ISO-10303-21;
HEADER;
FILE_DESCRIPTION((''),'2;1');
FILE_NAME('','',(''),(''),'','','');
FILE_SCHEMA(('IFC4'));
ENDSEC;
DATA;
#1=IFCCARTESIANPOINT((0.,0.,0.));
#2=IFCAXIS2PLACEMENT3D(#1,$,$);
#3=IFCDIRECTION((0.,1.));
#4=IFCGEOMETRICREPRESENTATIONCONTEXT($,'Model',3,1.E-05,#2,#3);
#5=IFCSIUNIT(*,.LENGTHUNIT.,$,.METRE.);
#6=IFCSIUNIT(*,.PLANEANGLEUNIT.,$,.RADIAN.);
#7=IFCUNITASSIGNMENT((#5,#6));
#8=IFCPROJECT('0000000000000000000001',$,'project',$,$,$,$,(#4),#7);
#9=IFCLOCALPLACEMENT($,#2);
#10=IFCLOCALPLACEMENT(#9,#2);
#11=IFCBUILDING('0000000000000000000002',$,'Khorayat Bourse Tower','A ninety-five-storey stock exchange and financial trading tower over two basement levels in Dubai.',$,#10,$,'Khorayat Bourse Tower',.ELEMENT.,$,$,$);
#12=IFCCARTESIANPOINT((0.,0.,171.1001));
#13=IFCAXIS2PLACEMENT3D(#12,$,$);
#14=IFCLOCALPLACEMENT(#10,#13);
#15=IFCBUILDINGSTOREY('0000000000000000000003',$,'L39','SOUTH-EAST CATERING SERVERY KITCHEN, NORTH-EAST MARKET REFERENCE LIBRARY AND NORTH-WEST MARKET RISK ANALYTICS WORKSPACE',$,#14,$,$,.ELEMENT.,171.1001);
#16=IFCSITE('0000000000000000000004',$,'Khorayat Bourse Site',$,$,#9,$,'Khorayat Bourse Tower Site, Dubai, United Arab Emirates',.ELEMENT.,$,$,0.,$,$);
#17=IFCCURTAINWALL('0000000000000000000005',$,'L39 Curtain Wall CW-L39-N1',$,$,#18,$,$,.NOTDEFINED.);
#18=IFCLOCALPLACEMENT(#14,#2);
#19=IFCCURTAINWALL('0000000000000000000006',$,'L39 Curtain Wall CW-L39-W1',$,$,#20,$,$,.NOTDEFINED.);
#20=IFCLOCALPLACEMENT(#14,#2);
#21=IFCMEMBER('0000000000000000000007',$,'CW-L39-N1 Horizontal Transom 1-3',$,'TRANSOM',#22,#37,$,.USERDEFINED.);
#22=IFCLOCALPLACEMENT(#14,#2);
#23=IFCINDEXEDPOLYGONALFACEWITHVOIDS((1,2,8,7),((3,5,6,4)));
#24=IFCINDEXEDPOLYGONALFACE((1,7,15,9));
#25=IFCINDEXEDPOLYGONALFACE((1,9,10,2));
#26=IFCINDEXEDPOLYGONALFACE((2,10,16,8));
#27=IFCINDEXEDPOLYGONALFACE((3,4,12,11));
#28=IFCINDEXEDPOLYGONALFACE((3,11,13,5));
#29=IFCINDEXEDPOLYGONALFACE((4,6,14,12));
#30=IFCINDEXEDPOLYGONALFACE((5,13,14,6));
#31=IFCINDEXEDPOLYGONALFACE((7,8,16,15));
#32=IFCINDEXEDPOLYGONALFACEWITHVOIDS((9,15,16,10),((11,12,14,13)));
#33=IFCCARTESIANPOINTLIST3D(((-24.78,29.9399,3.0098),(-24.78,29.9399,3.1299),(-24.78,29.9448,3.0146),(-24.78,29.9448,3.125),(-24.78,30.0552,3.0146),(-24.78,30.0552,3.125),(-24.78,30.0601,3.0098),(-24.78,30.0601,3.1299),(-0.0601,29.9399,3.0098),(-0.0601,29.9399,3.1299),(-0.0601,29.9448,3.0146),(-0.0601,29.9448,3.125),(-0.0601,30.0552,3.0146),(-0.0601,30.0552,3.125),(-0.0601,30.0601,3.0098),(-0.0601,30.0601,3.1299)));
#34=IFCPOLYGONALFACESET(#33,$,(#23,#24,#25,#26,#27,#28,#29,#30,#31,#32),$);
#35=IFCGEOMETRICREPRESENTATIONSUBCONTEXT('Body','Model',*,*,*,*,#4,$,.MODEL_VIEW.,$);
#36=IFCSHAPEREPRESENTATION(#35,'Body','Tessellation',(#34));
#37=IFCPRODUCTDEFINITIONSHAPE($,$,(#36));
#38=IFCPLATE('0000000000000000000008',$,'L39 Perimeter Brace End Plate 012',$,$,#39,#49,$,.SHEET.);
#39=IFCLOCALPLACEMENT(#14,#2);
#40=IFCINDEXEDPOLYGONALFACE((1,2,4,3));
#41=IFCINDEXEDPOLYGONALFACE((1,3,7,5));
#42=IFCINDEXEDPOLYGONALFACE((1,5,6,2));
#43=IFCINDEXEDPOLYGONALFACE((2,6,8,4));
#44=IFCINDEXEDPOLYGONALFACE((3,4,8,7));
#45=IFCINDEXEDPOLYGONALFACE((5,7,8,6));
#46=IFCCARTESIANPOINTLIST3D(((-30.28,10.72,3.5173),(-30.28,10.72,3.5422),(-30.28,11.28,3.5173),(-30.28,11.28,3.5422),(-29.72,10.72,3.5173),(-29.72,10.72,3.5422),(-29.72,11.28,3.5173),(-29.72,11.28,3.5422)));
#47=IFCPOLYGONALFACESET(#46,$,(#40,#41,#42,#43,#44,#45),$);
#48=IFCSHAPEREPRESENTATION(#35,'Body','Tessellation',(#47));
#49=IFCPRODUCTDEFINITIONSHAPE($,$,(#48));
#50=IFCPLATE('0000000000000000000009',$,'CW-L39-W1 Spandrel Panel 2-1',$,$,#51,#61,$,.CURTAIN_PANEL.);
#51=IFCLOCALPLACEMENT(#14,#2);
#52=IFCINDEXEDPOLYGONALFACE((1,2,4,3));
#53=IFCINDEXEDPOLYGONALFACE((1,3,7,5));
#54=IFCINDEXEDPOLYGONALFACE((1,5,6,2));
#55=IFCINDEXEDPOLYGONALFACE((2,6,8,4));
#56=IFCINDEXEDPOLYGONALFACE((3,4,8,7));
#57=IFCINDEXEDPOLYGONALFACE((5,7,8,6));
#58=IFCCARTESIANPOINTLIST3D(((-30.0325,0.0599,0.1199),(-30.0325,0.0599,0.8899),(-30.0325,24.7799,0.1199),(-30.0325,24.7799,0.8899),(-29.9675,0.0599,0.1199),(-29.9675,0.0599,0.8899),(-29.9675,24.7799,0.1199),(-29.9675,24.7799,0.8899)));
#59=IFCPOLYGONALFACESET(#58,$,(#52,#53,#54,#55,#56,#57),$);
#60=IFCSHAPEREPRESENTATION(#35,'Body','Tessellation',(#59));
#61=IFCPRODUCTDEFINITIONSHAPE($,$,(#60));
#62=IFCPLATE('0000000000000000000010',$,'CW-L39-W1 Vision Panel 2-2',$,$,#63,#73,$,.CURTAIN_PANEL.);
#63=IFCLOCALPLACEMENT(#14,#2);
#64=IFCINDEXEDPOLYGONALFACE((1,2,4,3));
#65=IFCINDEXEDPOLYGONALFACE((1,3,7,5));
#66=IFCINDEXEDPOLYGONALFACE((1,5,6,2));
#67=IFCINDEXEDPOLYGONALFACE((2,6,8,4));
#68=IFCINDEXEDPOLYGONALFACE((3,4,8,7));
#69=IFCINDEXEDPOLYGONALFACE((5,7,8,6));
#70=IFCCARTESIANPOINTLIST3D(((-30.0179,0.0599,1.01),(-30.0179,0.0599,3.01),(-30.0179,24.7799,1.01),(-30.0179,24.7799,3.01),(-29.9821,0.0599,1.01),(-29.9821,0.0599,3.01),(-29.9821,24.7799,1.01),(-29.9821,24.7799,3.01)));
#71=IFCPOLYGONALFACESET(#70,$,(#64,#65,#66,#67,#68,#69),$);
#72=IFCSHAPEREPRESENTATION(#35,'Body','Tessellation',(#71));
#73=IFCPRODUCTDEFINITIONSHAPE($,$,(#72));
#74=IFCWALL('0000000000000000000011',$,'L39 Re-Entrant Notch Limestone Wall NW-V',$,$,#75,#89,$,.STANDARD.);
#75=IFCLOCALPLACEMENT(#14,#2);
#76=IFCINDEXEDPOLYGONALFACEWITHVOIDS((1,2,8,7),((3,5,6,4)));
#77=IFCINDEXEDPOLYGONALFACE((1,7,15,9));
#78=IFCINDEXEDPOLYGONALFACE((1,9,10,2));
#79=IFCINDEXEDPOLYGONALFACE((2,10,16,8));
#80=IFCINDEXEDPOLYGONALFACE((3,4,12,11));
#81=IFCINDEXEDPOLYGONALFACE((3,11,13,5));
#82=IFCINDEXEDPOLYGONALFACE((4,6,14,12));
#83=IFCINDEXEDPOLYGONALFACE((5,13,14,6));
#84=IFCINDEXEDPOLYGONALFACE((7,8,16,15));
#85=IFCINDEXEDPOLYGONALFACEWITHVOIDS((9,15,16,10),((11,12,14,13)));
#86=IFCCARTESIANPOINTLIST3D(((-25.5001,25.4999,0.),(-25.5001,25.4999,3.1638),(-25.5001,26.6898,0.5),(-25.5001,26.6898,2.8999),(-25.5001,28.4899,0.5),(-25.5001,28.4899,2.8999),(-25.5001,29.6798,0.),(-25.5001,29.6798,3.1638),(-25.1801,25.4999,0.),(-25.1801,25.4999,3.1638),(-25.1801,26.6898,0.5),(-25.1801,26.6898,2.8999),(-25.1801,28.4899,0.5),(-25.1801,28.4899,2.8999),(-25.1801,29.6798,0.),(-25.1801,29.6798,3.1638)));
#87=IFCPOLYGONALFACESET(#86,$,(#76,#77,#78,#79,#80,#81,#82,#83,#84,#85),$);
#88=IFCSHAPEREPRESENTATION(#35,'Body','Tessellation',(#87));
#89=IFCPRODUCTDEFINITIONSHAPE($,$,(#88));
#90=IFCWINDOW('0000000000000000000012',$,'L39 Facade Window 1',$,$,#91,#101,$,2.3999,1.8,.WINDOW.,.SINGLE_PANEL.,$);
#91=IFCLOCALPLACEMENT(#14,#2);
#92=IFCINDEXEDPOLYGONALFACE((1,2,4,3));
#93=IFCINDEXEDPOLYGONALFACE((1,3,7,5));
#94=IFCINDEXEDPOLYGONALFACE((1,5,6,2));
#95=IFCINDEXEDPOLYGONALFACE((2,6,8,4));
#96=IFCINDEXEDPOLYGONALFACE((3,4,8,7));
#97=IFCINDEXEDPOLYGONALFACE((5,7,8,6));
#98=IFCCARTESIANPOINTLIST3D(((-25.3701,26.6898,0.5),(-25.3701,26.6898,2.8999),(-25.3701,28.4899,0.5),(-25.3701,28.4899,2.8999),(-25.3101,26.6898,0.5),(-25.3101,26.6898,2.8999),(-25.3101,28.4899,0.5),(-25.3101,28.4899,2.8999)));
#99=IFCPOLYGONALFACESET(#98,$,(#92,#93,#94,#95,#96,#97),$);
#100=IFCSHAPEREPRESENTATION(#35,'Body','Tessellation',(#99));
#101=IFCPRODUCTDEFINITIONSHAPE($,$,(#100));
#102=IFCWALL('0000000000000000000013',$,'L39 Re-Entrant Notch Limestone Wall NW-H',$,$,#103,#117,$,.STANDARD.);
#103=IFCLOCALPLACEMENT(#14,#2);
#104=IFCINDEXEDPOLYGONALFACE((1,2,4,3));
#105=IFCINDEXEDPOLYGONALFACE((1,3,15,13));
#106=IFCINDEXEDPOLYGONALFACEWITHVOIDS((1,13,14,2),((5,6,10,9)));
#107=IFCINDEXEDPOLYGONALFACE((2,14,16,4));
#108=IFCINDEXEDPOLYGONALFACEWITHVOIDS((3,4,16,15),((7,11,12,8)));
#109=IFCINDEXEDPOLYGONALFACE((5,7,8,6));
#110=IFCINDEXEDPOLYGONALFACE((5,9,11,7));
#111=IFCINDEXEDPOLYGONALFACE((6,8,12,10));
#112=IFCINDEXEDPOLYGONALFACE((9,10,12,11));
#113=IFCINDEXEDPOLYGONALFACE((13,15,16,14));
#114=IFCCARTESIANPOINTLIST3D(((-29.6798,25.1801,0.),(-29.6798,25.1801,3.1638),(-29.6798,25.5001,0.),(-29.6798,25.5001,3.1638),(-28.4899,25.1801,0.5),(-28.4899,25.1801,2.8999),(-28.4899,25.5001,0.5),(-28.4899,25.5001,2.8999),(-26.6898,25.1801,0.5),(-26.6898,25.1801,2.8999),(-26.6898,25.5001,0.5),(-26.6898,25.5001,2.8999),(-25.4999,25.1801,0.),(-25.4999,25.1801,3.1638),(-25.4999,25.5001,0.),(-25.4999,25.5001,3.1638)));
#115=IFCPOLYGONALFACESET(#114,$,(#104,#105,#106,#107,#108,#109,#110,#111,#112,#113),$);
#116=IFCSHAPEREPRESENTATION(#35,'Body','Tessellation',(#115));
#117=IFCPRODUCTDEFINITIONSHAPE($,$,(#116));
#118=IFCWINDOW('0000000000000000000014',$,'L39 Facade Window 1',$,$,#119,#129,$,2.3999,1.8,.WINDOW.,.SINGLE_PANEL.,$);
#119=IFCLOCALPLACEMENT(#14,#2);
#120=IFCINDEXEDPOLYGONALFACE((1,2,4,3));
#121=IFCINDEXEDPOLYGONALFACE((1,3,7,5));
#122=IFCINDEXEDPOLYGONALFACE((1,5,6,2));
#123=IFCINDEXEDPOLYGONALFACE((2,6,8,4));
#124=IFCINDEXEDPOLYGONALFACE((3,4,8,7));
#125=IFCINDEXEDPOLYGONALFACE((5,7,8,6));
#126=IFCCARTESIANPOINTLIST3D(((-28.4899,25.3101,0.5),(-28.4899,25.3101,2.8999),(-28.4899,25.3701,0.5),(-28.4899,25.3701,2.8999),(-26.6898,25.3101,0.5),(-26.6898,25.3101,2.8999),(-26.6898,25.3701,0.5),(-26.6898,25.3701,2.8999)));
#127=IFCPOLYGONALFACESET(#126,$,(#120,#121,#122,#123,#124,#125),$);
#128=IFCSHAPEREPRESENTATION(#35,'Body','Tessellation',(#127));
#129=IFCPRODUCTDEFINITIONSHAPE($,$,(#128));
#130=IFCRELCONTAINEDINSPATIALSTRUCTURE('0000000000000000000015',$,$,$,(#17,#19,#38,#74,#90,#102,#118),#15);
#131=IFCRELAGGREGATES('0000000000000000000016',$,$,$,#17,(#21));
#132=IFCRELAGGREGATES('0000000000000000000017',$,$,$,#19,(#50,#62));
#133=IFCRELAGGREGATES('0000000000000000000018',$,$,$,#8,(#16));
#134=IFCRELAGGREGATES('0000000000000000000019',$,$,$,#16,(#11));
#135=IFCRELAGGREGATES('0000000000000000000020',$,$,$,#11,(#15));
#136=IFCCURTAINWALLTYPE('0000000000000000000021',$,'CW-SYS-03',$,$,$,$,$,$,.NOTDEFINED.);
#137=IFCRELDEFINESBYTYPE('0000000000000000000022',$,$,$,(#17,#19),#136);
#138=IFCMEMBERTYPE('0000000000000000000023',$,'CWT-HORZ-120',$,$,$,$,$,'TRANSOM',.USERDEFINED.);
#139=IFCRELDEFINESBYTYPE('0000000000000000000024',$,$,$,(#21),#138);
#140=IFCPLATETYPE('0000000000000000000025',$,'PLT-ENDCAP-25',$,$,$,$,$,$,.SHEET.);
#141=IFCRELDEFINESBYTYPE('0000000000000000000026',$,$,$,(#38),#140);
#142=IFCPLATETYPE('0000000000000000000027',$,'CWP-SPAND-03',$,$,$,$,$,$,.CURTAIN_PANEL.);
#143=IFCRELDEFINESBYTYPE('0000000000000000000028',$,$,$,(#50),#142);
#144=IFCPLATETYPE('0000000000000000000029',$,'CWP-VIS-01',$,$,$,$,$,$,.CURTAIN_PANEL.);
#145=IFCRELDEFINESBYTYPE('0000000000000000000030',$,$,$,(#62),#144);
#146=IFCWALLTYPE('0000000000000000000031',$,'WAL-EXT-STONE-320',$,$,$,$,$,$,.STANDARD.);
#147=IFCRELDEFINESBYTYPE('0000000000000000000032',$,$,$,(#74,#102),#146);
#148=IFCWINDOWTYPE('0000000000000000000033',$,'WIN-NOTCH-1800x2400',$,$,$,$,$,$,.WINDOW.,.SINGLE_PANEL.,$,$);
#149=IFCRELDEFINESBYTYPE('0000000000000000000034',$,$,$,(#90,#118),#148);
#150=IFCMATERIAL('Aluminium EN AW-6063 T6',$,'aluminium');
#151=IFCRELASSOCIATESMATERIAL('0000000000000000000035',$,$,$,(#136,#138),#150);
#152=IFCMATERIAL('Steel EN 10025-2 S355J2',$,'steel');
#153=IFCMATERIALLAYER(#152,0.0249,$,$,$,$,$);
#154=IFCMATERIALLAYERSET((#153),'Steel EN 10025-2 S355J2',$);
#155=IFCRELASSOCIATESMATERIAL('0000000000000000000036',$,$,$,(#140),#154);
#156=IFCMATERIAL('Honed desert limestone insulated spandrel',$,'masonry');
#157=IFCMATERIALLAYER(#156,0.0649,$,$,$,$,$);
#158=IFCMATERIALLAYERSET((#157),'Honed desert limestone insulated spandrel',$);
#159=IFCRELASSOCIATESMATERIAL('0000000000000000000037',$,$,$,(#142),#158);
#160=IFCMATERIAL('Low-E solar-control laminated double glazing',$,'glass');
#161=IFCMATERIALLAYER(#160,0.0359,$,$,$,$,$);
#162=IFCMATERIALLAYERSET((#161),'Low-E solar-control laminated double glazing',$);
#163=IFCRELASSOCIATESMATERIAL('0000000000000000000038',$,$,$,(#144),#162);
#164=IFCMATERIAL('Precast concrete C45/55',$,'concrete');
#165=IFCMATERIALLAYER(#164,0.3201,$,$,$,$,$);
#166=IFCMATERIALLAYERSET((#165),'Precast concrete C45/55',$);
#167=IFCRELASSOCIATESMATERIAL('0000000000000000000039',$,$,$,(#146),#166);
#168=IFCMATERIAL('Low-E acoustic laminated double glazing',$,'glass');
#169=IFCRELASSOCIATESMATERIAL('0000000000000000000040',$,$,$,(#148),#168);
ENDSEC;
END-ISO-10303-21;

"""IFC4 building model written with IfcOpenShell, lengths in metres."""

from ifc_helpers import new_model, si_unit, direction, frame, frame_2d, origin, origin_2d, place, context, subcontext, project, spatial, rectangle, hollow_rectangle, extrude, source, transform, mapped, material, layer, layer_set, material_profile, profile_set, type_object, element, fill, aggregate, save


model = new_model("IFC4")

# Units and contexts
model_context = context("Model", 3, precision=1e-05, world=origin(), true_north=direction((0.0, 1.0)))
body_context = subcontext(model_context, "Body", "Model", "MODEL_VIEW")
ifc_project = project(units=[si_unit("LENGTHUNIT", "METRE"), si_unit("PLANEANGLEUNIT", "RADIAN")], contexts=[model_context])

# Site, building, storey
site_placement = place(None, origin())
site = spatial("IfcSite", under=ifc_project, at=site_placement, Name="Khorayat Bourse Site", LongName="Khorayat Bourse Tower Site, Dubai, United Arab Emirates", CompositionType="ELEMENT", RefElevation=0.0)
building_placement = place(site_placement, origin())
building = spatial("IfcBuilding", under=site, at=building_placement, Name="Khorayat Bourse Tower", Description="A ninety-five-storey stock exchange and financial trading tower over two basement levels in Dubai.", LongName="Khorayat Bourse Tower", CompositionType="ELEMENT")
storey_placement = place(building_placement, frame((0.0, 0.0, 171.1001)))
storey = spatial("IfcBuildingStorey", under=building, at=storey_placement, Name="L39", Description="SOUTH-EAST CATERING SERVERY KITCHEN, NORTH-EAST MARKET REFERENCE LIBRARY AND NORTH-WEST MARKET RISK ANALYTICS WORKSPACE", CompositionType="ELEMENT", Elevation=171.1001)

# Curtain wall
ifc_material_1 = material(Name="Aluminium EN AW-6063 T6", Category="aluminium")
curtain_wall_type = type_object("IfcCurtainWallType", Name="CW-SYS-03", PredefinedType="NOTDEFINED", material=ifc_material_1)
curtain_wall_1_placement = place(storey_placement, origin())
curtain_wall_1 = element("IfcCurtainWall", 1, at=curtain_wall_1_placement, inside=storey, type_object=curtain_wall_type, Name="L39 Curtain Wall CW-L39-N1", PredefinedType="NOTDEFINED")

# Curtain wall
curtain_wall_2_placement = place(storey_placement, origin())
curtain_wall_2 = element("IfcCurtainWall", 2, at=curtain_wall_2_placement, inside=storey, type_object=curtain_wall_type, Name="L39 Curtain Wall CW-L39-W1", PredefinedType="NOTDEFINED")

# Member
ifc_material_profile_1 = material_profile(ifc_material_1, hollow_rectangle(XDim=0.1201, YDim=0.1201, WallThickness=0.0049, at=origin_2d()), Name="ALU 120x120x5")
ifc_profile_set_1 = profile_set([ifc_material_profile_1], Name="Aluminium EN AW-6063 T6")
member_type_1 = type_object("IfcMemberType", Name="CWT-HORZ-120", ElementType="TRANSOM", PredefinedType="USERDEFINED", material=ifc_profile_set_1)
shared_shape_1 = source(origin(), body_context, "Body", "SweptSolid", [
    extrude(hollow_rectangle(XDim=0.1201, YDim=0.1201, WallThickness=0.0049, at=origin_2d()), origin(), (0.0, 0.0, 1.0), 24.72),
])
member_1_placement = place(storey_placement, frame((-24.78, 30.0, 3.0698), z_axis=(1.0, 0.0, 0.0), x_axis=(0.0, 1.0, 0.0)))
member_1 = element("IfcMember", 3, at=member_1_placement, type_object=member_type_1, Name="CW-L39-N1 Horizontal Transom 1-3", ObjectType="TRANSOM", PredefinedType="USERDEFINED", context=body_context, shape_type="MappedRepresentation", body=[
    mapped(shared_shape_1, transform((0.0, 0.0, 0.0), scale=1.0)),
])
aggregate(curtain_wall_1, [member_1])

# Plates
ifc_material_2 = material(Name="Steel EN 10025-2 S355J2", Category="steel")
ifc_layer_1 = layer(ifc_material_2, 0.0249)
ifc_layer_set_1 = layer_set([ifc_layer_1], Name="Steel EN 10025-2 S355J2")
plate_type_1 = type_object("IfcPlateType", Name="PLT-ENDCAP-25", PredefinedType="SHEET", material=ifc_layer_set_1)
shared_shape_2 = source(origin(), body_context, "Body", "SweptSolid", [
    extrude(rectangle(XDim=0.5601, YDim=0.5601, at=origin_2d()), origin(), (0.0, 0.0, 1.0), 0.0249),
])
plate_1_placement = place(storey_placement, frame((-30.0, 11.0, 3.5173), z_axis=(0.0, 0.0, 1.0), x_axis=(1.0, 0.0, 0.0)))
element("IfcPlate", 4, at=plate_1_placement, inside=storey, type_object=plate_type_1, Name="L39 Perimeter Brace End Plate 012", PredefinedType="SHEET", context=body_context, shape_type="MappedRepresentation", body=[
    mapped(shared_shape_2, transform((0.0, 0.0, 0.0), scale=1.0)),
])
ifc_material_3 = material(Name="Honed desert limestone insulated spandrel", Category="masonry")
ifc_layer_2 = layer(ifc_material_3, 0.0649)
ifc_layer_set_2 = layer_set([ifc_layer_2], Name="Honed desert limestone insulated spandrel")
plate_type_2 = type_object("IfcPlateType", Name="CWP-SPAND-03", PredefinedType="CURTAIN_PANEL", material=ifc_layer_set_2)
shared_shape_3 = source(origin(), body_context, "Body", "SweptSolid", [
    extrude(rectangle(XDim=24.72, YDim=0.0649, at=origin_2d()), origin(), (0.0, 0.0, 1.0), 0.77),
])
plate_2_placement = place(storey_placement, frame((-30.0, 12.4199, 0.1199), z_axis=(0.0, 0.0, 1.0), x_axis=(0.0, 1.0, 0.0)))
plate_2 = element("IfcPlate", 5, at=plate_2_placement, type_object=plate_type_2, Name="CW-L39-W1 Spandrel Panel 2-1", PredefinedType="CURTAIN_PANEL", context=body_context, shape_type="MappedRepresentation", body=[
    mapped(shared_shape_3, transform((0.0, 0.0, 0.0), scale=1.0)),
])
ifc_material_4 = material(Name="Low-E solar-control laminated double glazing", Category="glass")
ifc_layer_3 = layer(ifc_material_4, 0.0359)
ifc_layer_set_3 = layer_set([ifc_layer_3], Name="Low-E solar-control laminated double glazing")
plate_type_3 = type_object("IfcPlateType", Name="CWP-VIS-01", PredefinedType="CURTAIN_PANEL", material=ifc_layer_set_3)
shared_shape_4 = source(origin(), body_context, "Body", "SweptSolid", [
    extrude(rectangle(XDim=24.72, YDim=0.0359, at=origin_2d()), origin(), (0.0, 0.0, 1.0), 2.0),
])
plate_3_placement = place(storey_placement, frame((-30.0, 12.4199, 1.01), z_axis=(0.0, 0.0, 1.0), x_axis=(0.0, 1.0, 0.0)))
plate_3 = element("IfcPlate", 6, at=plate_3_placement, type_object=plate_type_3, Name="CW-L39-W1 Vision Panel 2-2", PredefinedType="CURTAIN_PANEL", context=body_context, shape_type="MappedRepresentation", body=[
    mapped(shared_shape_4, transform((0.0, 0.0, 0.0), scale=1.0)),
])
aggregate(curtain_wall_2, [plate_2, plate_3])

# Walls, openings, windows
ifc_material_5 = material(Name="Precast concrete C45/55", Category="concrete")
ifc_layer_4 = layer(ifc_material_5, 0.3201)
ifc_layer_set_4 = layer_set([ifc_layer_4], Name="Precast concrete C45/55")
wall_type = type_object("IfcWallType", Name="WAL-EXT-STONE-320", PredefinedType="STANDARD", material=ifc_layer_set_4)
shared_shape_5 = source(origin(), body_context, "Body", "SweptSolid", [
    extrude(rectangle(XDim=4.1799, YDim=0.3201, at=frame_2d((2.0898, 0.0))), origin(), (0.0, 0.0, 1.0), 3.1638),
])
wall_1_placement = place(storey_placement, frame((-25.3401, 25.5, 0.0), z_axis=(0.0, 0.0, 1.0), x_axis=(0.0, 1.0, 0.0)))
wall_1 = element("IfcWall", 7, at=wall_1_placement, inside=storey, type_object=wall_type, Name="L39 Re-Entrant Notch Limestone Wall NW-V", PredefinedType="STANDARD", context=body_context, shape_type="MappedRepresentation", body=[
    mapped(shared_shape_5, transform((0.0, 0.0, 0.0), scale=1.0)),
])
shared_shape_6 = source(origin(), body_context, "Body", "SweptSolid", [
    extrude(rectangle(XDim=1.8, YDim=2.3999, at=frame_2d((0.8999, 1.2))), frame((0.0, 0.1699, 0.0), z_axis=(0.0, -1.0, 0.0), x_axis=(1.0, 0.0, 0.0)), (0.0, 0.0, 1.0), 0.3401),
])
opening_1_placement = place(wall_1_placement, frame((1.1899, 0.0, 0.5)))
opening_1 = element("IfcOpeningElement", 8, at=opening_1_placement, cuts=wall_1, PredefinedType="OPENING", context=body_context, shape_type="MappedRepresentation", body=[
    mapped(shared_shape_6, transform((0.0, 0.0, 0.0), scale=1.0)),
])
ifc_material_6 = material(Name="Low-E acoustic laminated double glazing", Category="glass")
window_type = type_object("IfcWindowType", Name="WIN-NOTCH-1800x2400", PartitioningType="SINGLE_PANEL", PredefinedType="WINDOW", material=ifc_material_6)
shared_shape_7 = source(origin(), body_context, "Body", "SweptSolid", [
    extrude(rectangle(XDim=1.8, YDim=2.3999, at=frame_2d((0.8999, 1.2))), frame((0.0, 0.03, 0.0), z_axis=(0.0, -1.0, 0.0), x_axis=(1.0, 0.0, 0.0)), (0.0, 0.0, 1.0), 0.0601),
])
window_1_placement = place(opening_1_placement, origin())
window_1 = element("IfcWindow", 9, at=window_1_placement, inside=storey, type_object=window_type, Name="L39 Facade Window 1", OverallHeight=2.3999, OverallWidth=1.8, PartitioningType="SINGLE_PANEL", PredefinedType="WINDOW", context=body_context, shape_type="MappedRepresentation", body=[
    mapped(shared_shape_7, transform((0.0, 0.0, 0.0), scale=1.0)),
])
fill(opening_1, window_1)
wall_2_placement = place(storey_placement, frame((-25.5, 25.3401, 0.0), z_axis=(0.0, 0.0, 1.0), x_axis=(-1.0, 0.0, 0.0)))
wall_2 = element("IfcWall", 10, at=wall_2_placement, inside=storey, type_object=wall_type, Name="L39 Re-Entrant Notch Limestone Wall NW-H", PredefinedType="STANDARD", context=body_context, shape_type="MappedRepresentation", body=[
    mapped(shared_shape_5, transform((0.0, 0.0, 0.0), scale=1.0)),
])
opening_2_placement = place(wall_2_placement, frame((1.1899, 0.0, 0.5)))
opening_2 = element("IfcOpeningElement", 11, at=opening_2_placement, cuts=wall_2, PredefinedType="OPENING", context=body_context, shape_type="MappedRepresentation", body=[
    mapped(shared_shape_6, transform((0.0, 0.0, 0.0), scale=1.0)),
])
window_2_placement = place(opening_2_placement, origin())
window_2 = element("IfcWindow", 12, at=window_2_placement, inside=storey, type_object=window_type, Name="L39 Facade Window 1", OverallHeight=2.3999, OverallWidth=1.8, PartitioningType="SINGLE_PANEL", PredefinedType="WINDOW", context=body_context, shape_type="MappedRepresentation", body=[
    mapped(shared_shape_7, transform((0.0, 0.0, 0.0), scale=1.0)),
])
fill(opening_2, window_2)

save(model, "model.ifc")
